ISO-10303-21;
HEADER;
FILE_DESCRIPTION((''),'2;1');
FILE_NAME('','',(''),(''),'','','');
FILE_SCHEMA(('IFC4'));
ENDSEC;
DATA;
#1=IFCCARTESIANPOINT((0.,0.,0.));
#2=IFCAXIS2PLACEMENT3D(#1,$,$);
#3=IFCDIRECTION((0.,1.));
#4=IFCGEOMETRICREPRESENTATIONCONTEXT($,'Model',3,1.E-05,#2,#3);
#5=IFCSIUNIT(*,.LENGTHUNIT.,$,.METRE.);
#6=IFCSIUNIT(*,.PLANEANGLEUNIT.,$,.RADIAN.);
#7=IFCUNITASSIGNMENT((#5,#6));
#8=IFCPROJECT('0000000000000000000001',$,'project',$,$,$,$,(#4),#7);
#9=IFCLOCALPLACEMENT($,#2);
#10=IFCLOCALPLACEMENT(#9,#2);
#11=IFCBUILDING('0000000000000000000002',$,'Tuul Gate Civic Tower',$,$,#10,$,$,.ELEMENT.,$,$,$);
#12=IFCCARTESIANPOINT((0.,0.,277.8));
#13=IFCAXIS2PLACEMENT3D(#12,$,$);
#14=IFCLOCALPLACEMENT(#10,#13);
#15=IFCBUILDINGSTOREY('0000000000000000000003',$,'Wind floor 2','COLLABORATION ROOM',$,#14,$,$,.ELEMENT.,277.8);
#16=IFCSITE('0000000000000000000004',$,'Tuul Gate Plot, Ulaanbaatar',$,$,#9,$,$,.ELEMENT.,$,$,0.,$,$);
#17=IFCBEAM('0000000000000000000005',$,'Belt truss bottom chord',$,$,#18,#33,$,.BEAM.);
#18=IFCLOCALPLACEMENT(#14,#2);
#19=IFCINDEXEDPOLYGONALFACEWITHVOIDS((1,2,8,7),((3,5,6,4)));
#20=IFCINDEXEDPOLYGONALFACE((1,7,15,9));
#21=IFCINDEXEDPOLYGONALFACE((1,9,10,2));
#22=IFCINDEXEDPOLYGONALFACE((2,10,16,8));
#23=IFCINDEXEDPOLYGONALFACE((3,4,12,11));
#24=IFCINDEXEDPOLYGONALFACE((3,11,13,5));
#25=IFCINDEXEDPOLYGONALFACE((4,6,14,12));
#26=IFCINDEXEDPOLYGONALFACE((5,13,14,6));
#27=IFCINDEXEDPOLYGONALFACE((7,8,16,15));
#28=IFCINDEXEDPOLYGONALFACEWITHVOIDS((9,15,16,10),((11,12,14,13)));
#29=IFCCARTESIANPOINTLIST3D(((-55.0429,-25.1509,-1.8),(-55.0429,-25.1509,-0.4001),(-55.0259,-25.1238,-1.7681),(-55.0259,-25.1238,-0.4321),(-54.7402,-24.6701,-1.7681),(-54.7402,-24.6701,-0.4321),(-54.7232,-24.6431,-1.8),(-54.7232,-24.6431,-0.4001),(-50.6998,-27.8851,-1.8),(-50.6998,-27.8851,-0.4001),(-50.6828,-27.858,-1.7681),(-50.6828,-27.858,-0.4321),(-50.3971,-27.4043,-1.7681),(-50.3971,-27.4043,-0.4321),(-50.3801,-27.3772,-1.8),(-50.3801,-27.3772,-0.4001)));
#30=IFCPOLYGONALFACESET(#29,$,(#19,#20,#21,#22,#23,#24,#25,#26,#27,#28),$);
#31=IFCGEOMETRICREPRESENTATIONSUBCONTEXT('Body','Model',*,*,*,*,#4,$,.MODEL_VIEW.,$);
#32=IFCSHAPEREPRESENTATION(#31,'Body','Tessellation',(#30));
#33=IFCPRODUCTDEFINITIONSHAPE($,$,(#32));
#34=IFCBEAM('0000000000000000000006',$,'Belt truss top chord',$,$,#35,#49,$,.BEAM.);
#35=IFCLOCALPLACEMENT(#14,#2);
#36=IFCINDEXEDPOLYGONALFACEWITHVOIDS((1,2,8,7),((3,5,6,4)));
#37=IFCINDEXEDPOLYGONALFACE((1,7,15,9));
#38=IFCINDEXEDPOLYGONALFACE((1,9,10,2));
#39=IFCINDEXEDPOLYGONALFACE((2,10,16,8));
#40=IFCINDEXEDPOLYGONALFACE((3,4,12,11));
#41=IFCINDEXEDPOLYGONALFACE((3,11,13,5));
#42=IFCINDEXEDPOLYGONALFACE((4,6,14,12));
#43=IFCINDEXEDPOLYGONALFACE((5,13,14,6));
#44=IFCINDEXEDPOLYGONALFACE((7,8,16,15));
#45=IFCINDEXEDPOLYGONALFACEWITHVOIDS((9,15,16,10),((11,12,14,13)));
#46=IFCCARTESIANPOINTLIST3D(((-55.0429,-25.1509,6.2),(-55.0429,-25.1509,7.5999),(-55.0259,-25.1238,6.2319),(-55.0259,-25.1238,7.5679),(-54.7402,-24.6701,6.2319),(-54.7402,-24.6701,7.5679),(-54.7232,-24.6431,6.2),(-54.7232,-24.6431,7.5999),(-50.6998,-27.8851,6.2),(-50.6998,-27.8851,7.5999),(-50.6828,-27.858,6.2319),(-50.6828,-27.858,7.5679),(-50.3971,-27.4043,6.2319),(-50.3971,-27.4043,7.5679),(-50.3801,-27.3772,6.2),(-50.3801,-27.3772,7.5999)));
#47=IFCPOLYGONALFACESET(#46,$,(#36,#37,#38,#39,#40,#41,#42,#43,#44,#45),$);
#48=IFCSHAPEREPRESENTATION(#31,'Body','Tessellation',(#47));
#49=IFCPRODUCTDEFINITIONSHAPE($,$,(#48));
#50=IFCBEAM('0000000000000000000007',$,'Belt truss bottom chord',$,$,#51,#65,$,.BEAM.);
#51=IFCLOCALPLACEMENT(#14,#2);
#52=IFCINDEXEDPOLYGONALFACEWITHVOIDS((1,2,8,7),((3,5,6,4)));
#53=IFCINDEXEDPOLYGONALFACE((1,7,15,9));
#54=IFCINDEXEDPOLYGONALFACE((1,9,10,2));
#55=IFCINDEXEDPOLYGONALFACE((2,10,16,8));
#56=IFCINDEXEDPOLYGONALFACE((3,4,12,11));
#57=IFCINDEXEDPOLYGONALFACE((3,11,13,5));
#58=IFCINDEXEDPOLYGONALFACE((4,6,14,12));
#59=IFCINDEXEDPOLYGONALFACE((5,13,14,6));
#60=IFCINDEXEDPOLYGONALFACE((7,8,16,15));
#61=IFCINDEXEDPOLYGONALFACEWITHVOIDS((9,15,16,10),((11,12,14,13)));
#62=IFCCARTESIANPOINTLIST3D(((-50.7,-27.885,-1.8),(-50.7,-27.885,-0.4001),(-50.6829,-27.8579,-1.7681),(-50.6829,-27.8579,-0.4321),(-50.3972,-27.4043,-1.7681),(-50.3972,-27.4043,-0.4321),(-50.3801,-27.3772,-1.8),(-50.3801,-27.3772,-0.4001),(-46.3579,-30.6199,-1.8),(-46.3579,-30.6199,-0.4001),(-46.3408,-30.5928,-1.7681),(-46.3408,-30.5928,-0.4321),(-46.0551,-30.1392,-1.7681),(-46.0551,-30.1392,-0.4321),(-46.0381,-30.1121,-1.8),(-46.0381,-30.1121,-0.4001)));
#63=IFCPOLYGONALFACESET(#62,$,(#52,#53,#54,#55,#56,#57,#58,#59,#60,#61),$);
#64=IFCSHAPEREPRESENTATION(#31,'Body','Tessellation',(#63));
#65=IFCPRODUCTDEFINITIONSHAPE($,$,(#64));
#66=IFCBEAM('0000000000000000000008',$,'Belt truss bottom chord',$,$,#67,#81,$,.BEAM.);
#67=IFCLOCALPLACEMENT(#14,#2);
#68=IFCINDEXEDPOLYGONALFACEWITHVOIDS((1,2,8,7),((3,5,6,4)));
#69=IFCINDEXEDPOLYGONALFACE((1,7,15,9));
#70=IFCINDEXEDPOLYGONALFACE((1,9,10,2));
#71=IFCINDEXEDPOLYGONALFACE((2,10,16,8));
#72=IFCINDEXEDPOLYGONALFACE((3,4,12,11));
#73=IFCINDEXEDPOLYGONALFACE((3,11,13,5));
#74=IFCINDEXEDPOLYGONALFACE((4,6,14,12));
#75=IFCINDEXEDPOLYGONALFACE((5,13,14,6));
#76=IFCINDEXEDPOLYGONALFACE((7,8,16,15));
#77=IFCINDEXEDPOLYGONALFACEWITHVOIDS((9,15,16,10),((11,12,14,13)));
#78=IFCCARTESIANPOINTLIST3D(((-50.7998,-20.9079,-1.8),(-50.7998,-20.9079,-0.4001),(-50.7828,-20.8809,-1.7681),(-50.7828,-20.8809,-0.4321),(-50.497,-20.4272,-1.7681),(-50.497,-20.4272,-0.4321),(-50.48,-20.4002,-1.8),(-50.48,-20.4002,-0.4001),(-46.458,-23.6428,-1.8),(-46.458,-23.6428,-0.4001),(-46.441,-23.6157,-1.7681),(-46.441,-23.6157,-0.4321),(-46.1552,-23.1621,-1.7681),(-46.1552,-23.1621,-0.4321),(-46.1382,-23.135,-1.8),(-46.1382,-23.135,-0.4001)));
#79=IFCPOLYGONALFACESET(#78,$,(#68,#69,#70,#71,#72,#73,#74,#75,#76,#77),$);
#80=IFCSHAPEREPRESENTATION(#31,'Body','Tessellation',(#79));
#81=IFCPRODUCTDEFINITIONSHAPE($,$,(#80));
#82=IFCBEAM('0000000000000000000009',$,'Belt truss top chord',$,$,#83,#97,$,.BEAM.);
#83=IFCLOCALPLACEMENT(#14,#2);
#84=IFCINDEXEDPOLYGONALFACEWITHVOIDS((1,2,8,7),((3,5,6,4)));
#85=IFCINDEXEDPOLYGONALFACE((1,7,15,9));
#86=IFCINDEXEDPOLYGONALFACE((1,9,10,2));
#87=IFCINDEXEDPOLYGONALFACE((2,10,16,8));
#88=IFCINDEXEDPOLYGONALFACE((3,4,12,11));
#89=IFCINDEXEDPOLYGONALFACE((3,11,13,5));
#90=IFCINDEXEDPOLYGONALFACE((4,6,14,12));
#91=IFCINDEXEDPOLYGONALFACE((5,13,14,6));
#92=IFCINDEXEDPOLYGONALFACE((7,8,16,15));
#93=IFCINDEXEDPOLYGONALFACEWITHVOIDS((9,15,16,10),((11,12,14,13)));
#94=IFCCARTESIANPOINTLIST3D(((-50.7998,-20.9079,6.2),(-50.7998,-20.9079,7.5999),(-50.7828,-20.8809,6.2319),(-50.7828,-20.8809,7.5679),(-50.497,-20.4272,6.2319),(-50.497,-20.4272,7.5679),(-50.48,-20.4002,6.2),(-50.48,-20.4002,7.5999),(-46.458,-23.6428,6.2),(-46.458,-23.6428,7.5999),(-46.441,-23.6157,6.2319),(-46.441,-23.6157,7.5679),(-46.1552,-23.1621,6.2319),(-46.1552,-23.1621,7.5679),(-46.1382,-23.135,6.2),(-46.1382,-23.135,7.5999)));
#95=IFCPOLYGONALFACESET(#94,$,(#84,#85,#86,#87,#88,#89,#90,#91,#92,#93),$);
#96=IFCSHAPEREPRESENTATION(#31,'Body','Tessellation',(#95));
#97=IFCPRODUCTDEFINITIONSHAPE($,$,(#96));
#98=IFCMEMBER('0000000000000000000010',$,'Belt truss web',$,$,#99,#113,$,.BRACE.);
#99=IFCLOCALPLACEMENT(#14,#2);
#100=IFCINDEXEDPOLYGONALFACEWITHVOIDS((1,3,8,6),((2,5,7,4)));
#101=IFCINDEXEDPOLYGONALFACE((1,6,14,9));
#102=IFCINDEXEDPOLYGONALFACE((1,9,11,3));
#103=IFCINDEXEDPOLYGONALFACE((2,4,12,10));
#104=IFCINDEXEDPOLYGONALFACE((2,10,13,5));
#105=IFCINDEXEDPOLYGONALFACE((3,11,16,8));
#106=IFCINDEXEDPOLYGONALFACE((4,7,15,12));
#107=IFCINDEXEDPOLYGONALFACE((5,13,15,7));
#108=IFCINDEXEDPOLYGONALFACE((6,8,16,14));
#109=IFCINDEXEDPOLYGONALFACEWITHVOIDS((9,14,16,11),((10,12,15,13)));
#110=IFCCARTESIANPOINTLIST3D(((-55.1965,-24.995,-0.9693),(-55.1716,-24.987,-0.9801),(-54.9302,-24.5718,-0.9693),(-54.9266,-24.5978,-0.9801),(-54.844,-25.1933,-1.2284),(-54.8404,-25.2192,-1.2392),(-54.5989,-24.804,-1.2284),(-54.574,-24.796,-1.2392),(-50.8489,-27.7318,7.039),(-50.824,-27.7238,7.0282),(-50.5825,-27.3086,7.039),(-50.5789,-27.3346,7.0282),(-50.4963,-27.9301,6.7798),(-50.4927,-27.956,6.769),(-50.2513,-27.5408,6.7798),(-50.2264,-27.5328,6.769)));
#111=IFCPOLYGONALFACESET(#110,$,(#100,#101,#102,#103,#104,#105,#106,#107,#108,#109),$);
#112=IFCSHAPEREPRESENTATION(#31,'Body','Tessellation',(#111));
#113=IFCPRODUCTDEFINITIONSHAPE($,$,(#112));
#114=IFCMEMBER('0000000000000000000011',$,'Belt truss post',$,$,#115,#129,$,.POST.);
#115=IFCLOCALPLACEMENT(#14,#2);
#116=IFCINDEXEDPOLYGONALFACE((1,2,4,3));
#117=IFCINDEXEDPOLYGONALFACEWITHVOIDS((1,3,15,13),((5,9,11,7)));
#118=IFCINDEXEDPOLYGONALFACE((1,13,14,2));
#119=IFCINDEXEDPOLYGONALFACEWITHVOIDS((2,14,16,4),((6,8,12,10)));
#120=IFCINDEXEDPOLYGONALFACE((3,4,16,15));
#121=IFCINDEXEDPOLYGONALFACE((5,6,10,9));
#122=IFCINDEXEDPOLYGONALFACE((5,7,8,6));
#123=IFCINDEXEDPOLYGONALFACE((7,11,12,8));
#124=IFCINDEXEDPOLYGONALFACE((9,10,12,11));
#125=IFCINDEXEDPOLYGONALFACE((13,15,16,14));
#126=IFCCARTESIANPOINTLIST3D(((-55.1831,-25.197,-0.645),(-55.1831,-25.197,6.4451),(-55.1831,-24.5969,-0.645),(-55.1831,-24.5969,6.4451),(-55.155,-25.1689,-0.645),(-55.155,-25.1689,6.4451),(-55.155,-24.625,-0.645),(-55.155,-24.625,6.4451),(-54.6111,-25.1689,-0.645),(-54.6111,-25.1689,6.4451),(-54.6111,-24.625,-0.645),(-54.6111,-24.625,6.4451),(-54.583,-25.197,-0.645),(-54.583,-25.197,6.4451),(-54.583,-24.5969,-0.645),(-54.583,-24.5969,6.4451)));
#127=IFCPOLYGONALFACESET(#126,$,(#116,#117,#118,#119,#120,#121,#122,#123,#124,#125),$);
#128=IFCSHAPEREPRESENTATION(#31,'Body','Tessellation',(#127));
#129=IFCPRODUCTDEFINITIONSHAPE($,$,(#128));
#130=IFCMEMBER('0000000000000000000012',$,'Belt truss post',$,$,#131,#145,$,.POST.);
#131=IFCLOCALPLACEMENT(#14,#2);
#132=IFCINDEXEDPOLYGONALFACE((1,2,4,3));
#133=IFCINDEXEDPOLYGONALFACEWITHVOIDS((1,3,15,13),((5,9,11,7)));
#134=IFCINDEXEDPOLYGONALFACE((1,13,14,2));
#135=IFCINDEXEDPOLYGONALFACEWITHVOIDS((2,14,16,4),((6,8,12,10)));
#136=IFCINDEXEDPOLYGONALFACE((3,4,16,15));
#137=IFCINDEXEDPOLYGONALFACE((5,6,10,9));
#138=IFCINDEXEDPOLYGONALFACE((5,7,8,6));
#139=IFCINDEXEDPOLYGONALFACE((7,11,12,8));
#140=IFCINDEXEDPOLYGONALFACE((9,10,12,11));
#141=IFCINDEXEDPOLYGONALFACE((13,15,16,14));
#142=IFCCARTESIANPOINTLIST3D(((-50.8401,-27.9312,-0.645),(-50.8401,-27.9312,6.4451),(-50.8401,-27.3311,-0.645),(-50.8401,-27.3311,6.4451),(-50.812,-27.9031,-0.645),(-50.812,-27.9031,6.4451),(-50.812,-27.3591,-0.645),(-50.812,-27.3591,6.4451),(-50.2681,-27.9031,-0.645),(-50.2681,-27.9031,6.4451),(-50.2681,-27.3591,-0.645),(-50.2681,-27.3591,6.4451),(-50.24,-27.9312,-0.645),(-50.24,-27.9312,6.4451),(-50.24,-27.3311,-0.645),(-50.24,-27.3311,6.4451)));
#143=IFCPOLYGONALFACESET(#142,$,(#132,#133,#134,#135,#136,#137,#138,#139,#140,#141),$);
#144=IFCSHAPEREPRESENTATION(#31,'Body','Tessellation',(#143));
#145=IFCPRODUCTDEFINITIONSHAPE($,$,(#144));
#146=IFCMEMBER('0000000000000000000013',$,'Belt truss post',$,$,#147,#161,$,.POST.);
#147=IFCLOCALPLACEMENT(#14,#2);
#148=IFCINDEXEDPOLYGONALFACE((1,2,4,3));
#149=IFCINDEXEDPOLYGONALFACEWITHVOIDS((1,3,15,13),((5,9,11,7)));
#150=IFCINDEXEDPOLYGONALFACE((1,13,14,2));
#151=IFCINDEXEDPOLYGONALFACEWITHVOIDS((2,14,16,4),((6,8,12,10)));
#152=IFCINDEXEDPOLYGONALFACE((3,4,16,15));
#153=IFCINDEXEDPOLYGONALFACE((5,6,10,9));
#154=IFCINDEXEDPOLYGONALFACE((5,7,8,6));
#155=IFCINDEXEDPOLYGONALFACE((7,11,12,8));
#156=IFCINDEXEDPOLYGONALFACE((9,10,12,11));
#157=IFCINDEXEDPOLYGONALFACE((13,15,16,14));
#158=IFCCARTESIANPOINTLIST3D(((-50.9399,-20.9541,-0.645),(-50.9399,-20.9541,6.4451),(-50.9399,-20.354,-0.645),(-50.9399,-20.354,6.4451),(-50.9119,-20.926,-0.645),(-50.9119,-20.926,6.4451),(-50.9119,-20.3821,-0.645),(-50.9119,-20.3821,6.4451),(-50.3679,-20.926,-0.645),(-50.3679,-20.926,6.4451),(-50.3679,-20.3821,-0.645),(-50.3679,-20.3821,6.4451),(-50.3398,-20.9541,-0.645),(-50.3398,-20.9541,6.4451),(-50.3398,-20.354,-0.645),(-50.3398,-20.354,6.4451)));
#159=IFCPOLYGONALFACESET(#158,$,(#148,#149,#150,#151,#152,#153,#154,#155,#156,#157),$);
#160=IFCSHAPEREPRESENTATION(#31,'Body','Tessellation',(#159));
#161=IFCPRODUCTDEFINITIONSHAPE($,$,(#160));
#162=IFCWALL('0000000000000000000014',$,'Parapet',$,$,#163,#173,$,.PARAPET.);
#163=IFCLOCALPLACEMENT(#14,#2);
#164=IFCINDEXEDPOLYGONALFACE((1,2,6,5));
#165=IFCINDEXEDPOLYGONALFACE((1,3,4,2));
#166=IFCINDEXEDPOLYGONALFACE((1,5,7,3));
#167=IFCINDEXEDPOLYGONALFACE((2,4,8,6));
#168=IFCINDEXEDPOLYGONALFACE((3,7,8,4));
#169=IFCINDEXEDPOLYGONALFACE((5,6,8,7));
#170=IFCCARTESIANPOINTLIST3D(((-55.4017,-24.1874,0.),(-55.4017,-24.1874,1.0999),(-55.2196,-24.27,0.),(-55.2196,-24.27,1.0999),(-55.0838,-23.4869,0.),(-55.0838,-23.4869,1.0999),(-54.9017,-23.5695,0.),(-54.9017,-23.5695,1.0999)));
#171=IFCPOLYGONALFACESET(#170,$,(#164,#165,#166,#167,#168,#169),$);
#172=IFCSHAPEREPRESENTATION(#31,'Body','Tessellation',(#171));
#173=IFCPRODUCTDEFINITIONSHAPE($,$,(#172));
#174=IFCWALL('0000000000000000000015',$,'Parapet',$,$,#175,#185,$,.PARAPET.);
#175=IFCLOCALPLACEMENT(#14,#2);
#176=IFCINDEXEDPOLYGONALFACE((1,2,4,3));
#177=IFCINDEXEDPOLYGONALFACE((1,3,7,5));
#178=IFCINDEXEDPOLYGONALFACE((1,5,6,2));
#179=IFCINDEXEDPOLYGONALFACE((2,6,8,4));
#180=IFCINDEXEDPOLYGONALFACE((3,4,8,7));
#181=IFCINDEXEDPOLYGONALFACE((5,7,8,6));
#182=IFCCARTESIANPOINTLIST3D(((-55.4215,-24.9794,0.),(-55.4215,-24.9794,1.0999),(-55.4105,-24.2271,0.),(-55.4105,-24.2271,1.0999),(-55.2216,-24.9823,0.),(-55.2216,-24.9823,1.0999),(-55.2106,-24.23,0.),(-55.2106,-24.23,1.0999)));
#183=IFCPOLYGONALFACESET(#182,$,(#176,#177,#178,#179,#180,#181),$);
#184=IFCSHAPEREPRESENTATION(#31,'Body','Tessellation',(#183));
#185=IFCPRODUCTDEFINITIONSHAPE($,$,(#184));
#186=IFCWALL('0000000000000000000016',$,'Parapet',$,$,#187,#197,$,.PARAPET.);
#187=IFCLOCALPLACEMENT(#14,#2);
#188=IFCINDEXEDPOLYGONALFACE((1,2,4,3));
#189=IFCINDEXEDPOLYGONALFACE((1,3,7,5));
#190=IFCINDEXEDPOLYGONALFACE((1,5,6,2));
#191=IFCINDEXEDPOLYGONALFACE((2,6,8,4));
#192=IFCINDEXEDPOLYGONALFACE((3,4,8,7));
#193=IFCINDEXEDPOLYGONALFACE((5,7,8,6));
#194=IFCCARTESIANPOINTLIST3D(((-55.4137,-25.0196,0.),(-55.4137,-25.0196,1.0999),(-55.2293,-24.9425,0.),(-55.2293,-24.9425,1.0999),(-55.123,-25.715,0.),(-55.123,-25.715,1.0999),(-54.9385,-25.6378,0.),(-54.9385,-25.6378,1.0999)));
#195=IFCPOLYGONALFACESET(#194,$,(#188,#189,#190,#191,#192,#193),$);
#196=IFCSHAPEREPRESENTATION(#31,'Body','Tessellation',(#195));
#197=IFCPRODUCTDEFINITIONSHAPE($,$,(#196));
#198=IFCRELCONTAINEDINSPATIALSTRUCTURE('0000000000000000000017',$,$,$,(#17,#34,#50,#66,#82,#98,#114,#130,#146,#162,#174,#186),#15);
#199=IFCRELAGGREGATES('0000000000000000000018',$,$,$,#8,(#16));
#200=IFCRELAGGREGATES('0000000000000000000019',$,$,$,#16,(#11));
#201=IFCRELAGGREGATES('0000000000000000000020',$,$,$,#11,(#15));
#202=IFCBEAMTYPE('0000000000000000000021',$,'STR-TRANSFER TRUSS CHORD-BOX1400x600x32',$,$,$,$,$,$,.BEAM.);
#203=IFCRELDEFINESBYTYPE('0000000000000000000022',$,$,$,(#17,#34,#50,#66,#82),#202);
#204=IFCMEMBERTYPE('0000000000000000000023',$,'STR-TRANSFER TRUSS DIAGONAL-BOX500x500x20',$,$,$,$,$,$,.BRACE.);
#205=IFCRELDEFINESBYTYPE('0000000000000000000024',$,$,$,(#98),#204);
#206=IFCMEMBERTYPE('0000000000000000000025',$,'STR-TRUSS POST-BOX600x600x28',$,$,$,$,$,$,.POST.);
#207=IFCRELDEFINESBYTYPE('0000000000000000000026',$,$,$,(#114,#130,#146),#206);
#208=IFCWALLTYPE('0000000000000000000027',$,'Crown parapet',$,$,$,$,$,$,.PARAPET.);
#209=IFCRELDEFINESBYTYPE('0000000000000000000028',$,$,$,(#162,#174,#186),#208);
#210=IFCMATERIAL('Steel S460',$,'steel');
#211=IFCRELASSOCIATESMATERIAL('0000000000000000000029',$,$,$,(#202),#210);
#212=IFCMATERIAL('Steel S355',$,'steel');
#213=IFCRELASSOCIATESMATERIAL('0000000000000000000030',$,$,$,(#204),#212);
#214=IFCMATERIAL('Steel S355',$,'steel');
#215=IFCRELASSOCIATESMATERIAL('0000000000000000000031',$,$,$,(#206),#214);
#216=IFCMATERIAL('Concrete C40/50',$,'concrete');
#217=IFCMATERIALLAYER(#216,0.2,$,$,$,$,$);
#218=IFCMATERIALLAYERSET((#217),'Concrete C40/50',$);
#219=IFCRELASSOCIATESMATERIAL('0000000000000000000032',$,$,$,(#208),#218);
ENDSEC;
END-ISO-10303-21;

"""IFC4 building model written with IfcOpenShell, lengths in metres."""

from ifc_helpers import new_model, si_unit, direction, frame, frame_2d, origin, origin_2d, place, context, subcontext, project, spatial, rectangle, hollow_rectangle, extrude, material, layer, layer_set, material_profile, profile_set, type_object, element, save


model = new_model("IFC4")

# Units and contexts
model_context = context("Model", 3, precision=1e-05, world=origin(), true_north=direction((0.0, 1.0)))
body_context = subcontext(model_context, "Body", "Model", "MODEL_VIEW")
ifc_project = project(units=[si_unit("LENGTHUNIT", "METRE"), si_unit("PLANEANGLEUNIT", "RADIAN")], contexts=[model_context])

# Site, building, storey
site_placement = place(None, origin())
site = spatial("IfcSite", under=ifc_project, at=site_placement, Name="Tuul Gate Plot, Ulaanbaatar", CompositionType="ELEMENT", RefElevation=0.0)
building_placement = place(site_placement, origin())
building = spatial("IfcBuilding", under=site, at=building_placement, Name="Tuul Gate Civic Tower", CompositionType="ELEMENT")
storey_placement = place(building_placement, frame((0.0, 0.0, 277.8)))
storey = spatial("IfcBuildingStorey", under=building, at=storey_placement, Name="Wind floor 2", Description="COLLABORATION ROOM", CompositionType="ELEMENT", Elevation=277.8)

# Beams
ifc_material_1 = material(Name="Steel S460", Category="steel")
ifc_material_profile_1 = material_profile(ifc_material_1, hollow_rectangle(XDim=0.6001, YDim=1.3999, WallThickness=0.032, at=origin_2d()), Name="BOX1400x600x32")
ifc_profile_set_1 = profile_set([ifc_material_profile_1], Name="Steel S460")
beam_type = type_object("IfcBeamType", Name="STR-TRANSFER TRUSS CHORD-BOX1400x600x32", PredefinedType="BEAM", material=ifc_profile_set_1)
for number, where, z_axis, x_axis, name in (
    (1, (-54.8831, -24.897, -1.1001), (0.846265, -0.532763, 0.0), (0.532763, 0.846265, 0.0), "Belt truss bottom chord"),
    (2, (-54.8831, -24.897, 6.8999), (0.846265, -0.532763, 0.0), (0.532763, 0.846265, 0.0), "Belt truss top chord"),
):
    element("IfcBeam", number, at=place(storey_placement, frame(where, z_axis=z_axis, x_axis=x_axis)), inside=storey, type_object=beam_type, Name=name, PredefinedType="BEAM", context=body_context, shape_type="SweptSolid", body=[
        extrude(hollow_rectangle(XDim=0.6001, YDim=1.3999, WallThickness=0.032, at=origin_2d()), origin(), (0.0, 0.0, 1.0), 5.1321),
    ])
beam_placement = place(storey_placement, frame((-50.54, -27.6311, -1.1001), z_axis=(0.846146, -0.532951, 0.0), x_axis=(0.532951, 0.846146, 0.0)))
element("IfcBeam", 3, at=beam_placement, inside=storey, type_object=beam_type, Name="Belt truss bottom chord", PredefinedType="BEAM", context=body_context, shape_type="SweptSolid", body=[
    extrude(hollow_rectangle(XDim=0.6001, YDim=1.3999, WallThickness=0.032, at=origin_2d()), origin(), (0.0, 0.0, 1.0), 5.1316),
])
for number, where, z_axis, x_axis, name in (
    (4, (-50.6399, -20.6541, -1.1001), (0.846133, -0.532972, 0.0), (0.532972, 0.846133, 0.0), "Belt truss bottom chord"),
    (5, (-50.6399, -20.6541, 6.8999), (0.846133, -0.532972, 0.0), (0.532972, 0.846133, 0.0), "Belt truss top chord"),
):
    element("IfcBeam", number, at=place(storey_placement, frame(where, z_axis=z_axis, x_axis=x_axis)), inside=storey, type_object=beam_type, Name=name, PredefinedType="BEAM", context=body_context, shape_type="SweptSolid", body=[
        extrude(hollow_rectangle(XDim=0.6001, YDim=1.3999, WallThickness=0.032, at=origin_2d()), origin(), (0.0, 0.0, 1.0), 5.1313),
    ])

# Members
ifc_material_2 = material(Name="Steel S355", Category="steel")
ifc_material_profile_2 = material_profile(ifc_material_2, hollow_rectangle(XDim=0.5, YDim=0.5, WallThickness=0.02, at=origin_2d()), Name="BOX500x500x20")
ifc_profile_set_2 = profile_set([ifc_material_profile_2], Name="Steel S355")
member_type_1 = type_object("IfcMemberType", Name="STR-TRANSFER TRUSS DIAGONAL-BOX500x500x20", PredefinedType="BRACE", material=ifc_profile_set_2)
member_placement = place(storey_placement, frame((-54.8853, -24.8955, -1.1042), z_axis=(0.456952, -0.287648, 0.841697), x_axis=(0.53273, 0.846285, 0.0)))
element("IfcMember", 6, at=member_placement, inside=storey, type_object=member_type_1, Name="Belt truss web", PredefinedType="BRACE", context=body_context, shape_type="SweptSolid", body=[
    extrude(hollow_rectangle(XDim=0.5, YDim=0.5, WallThickness=0.02, at=origin_2d()), origin(), (0.0, 0.0, 1.0), 9.5144),
])
ifc_material_3 = material(Name="Steel S355", Category="steel")
ifc_material_profile_3 = material_profile(ifc_material_3, hollow_rectangle(XDim=0.6001, YDim=0.6001, WallThickness=0.0281, at=origin_2d()), Name="BOX600x600x28")
ifc_profile_set_3 = profile_set([ifc_material_profile_3], Name="Steel S355")
member_type_2 = type_object("IfcMemberType", Name="STR-TRUSS POST-BOX600x600x28", PredefinedType="POST", material=ifc_profile_set_3)
for number, where, z_axis, x_axis, name in (
    (7, (-54.8831, -24.897, -0.645), (0.0, 0.0, 1.0), (1.0, 0.0, 0.0), "Belt truss post"),
    (8, (-50.54, -27.6311, -0.645), (0.0, 0.0, 1.0), (1.0, 0.0, 0.0), "Belt truss post"),
    (9, (-50.6399, -20.6541, -0.645), (0.0, 0.0, 1.0), (1.0, 0.0, 0.0), "Belt truss post"),
):
    element("IfcMember", number, at=place(storey_placement, frame(where, z_axis=z_axis, x_axis=x_axis)), inside=storey, type_object=member_type_2, Name=name, PredefinedType="POST", context=body_context, shape_type="SweptSolid", body=[
        extrude(hollow_rectangle(XDim=0.6001, YDim=0.6001, WallThickness=0.0281, at=origin_2d()), origin(), (0.0, 0.0, 1.0), 7.0901),
    ])

# Walls
ifc_material_4 = material(Name="Concrete C40/50", Category="concrete")
ifc_layer = layer(ifc_material_4, 0.2)
ifc_layer_set = layer_set([ifc_layer], Name="Concrete C40/50")
wall_type = type_object("IfcWallType", Name="Crown parapet", PredefinedType="PARAPET", material=ifc_layer_set)
wall_1_placement = place(storey_placement, frame((-54.9927, -23.5281, 0.0), z_axis=(0.0, 0.0, 1.0), x_axis=(-0.413253, -0.910616, 0.0)))
element("IfcWall", 10, at=wall_1_placement, inside=storey, type_object=wall_type, Name="Parapet", PredefinedType="PARAPET", context=body_context, shape_type="SweptSolid", body=[
    extrude(rectangle(XDim=0.7693, YDim=0.2, at=frame_2d((0.3848, 0.0))), origin(), (0.0, 0.0, 1.0), 1.0999),
])
wall_2_placement = place(storey_placement, frame((-55.3105, -24.2285, 0.0), z_axis=(0.0, 0.0, 1.0), x_axis=(-0.014599, -0.999893, 0.0)))
element("IfcWall", 11, at=wall_2_placement, inside=storey, type_object=wall_type, Name="Parapet", PredefinedType="PARAPET", context=body_context, shape_type="SweptSolid", body=[
    extrude(rectangle(XDim=0.7524, YDim=0.2, at=frame_2d((0.3762, 0.0))), origin(), (0.0, 0.0, 1.0), 1.0999),
])
wall_3_placement = place(storey_placement, frame((-55.3215, -24.981, 0.0), z_axis=(0.0, 0.0, 1.0), x_axis=(0.385811, -0.922578, 0.0)))
element("IfcWall", 12, at=wall_3_placement, inside=storey, type_object=wall_type, Name="Parapet", PredefinedType="PARAPET", context=body_context, shape_type="SweptSolid", body=[
    extrude(rectangle(XDim=0.7537, YDim=0.2, at=frame_2d((0.377, 0.0))), origin(), (0.0, 0.0, 1.0), 1.0999),
])

save(model, "model.ifc")
